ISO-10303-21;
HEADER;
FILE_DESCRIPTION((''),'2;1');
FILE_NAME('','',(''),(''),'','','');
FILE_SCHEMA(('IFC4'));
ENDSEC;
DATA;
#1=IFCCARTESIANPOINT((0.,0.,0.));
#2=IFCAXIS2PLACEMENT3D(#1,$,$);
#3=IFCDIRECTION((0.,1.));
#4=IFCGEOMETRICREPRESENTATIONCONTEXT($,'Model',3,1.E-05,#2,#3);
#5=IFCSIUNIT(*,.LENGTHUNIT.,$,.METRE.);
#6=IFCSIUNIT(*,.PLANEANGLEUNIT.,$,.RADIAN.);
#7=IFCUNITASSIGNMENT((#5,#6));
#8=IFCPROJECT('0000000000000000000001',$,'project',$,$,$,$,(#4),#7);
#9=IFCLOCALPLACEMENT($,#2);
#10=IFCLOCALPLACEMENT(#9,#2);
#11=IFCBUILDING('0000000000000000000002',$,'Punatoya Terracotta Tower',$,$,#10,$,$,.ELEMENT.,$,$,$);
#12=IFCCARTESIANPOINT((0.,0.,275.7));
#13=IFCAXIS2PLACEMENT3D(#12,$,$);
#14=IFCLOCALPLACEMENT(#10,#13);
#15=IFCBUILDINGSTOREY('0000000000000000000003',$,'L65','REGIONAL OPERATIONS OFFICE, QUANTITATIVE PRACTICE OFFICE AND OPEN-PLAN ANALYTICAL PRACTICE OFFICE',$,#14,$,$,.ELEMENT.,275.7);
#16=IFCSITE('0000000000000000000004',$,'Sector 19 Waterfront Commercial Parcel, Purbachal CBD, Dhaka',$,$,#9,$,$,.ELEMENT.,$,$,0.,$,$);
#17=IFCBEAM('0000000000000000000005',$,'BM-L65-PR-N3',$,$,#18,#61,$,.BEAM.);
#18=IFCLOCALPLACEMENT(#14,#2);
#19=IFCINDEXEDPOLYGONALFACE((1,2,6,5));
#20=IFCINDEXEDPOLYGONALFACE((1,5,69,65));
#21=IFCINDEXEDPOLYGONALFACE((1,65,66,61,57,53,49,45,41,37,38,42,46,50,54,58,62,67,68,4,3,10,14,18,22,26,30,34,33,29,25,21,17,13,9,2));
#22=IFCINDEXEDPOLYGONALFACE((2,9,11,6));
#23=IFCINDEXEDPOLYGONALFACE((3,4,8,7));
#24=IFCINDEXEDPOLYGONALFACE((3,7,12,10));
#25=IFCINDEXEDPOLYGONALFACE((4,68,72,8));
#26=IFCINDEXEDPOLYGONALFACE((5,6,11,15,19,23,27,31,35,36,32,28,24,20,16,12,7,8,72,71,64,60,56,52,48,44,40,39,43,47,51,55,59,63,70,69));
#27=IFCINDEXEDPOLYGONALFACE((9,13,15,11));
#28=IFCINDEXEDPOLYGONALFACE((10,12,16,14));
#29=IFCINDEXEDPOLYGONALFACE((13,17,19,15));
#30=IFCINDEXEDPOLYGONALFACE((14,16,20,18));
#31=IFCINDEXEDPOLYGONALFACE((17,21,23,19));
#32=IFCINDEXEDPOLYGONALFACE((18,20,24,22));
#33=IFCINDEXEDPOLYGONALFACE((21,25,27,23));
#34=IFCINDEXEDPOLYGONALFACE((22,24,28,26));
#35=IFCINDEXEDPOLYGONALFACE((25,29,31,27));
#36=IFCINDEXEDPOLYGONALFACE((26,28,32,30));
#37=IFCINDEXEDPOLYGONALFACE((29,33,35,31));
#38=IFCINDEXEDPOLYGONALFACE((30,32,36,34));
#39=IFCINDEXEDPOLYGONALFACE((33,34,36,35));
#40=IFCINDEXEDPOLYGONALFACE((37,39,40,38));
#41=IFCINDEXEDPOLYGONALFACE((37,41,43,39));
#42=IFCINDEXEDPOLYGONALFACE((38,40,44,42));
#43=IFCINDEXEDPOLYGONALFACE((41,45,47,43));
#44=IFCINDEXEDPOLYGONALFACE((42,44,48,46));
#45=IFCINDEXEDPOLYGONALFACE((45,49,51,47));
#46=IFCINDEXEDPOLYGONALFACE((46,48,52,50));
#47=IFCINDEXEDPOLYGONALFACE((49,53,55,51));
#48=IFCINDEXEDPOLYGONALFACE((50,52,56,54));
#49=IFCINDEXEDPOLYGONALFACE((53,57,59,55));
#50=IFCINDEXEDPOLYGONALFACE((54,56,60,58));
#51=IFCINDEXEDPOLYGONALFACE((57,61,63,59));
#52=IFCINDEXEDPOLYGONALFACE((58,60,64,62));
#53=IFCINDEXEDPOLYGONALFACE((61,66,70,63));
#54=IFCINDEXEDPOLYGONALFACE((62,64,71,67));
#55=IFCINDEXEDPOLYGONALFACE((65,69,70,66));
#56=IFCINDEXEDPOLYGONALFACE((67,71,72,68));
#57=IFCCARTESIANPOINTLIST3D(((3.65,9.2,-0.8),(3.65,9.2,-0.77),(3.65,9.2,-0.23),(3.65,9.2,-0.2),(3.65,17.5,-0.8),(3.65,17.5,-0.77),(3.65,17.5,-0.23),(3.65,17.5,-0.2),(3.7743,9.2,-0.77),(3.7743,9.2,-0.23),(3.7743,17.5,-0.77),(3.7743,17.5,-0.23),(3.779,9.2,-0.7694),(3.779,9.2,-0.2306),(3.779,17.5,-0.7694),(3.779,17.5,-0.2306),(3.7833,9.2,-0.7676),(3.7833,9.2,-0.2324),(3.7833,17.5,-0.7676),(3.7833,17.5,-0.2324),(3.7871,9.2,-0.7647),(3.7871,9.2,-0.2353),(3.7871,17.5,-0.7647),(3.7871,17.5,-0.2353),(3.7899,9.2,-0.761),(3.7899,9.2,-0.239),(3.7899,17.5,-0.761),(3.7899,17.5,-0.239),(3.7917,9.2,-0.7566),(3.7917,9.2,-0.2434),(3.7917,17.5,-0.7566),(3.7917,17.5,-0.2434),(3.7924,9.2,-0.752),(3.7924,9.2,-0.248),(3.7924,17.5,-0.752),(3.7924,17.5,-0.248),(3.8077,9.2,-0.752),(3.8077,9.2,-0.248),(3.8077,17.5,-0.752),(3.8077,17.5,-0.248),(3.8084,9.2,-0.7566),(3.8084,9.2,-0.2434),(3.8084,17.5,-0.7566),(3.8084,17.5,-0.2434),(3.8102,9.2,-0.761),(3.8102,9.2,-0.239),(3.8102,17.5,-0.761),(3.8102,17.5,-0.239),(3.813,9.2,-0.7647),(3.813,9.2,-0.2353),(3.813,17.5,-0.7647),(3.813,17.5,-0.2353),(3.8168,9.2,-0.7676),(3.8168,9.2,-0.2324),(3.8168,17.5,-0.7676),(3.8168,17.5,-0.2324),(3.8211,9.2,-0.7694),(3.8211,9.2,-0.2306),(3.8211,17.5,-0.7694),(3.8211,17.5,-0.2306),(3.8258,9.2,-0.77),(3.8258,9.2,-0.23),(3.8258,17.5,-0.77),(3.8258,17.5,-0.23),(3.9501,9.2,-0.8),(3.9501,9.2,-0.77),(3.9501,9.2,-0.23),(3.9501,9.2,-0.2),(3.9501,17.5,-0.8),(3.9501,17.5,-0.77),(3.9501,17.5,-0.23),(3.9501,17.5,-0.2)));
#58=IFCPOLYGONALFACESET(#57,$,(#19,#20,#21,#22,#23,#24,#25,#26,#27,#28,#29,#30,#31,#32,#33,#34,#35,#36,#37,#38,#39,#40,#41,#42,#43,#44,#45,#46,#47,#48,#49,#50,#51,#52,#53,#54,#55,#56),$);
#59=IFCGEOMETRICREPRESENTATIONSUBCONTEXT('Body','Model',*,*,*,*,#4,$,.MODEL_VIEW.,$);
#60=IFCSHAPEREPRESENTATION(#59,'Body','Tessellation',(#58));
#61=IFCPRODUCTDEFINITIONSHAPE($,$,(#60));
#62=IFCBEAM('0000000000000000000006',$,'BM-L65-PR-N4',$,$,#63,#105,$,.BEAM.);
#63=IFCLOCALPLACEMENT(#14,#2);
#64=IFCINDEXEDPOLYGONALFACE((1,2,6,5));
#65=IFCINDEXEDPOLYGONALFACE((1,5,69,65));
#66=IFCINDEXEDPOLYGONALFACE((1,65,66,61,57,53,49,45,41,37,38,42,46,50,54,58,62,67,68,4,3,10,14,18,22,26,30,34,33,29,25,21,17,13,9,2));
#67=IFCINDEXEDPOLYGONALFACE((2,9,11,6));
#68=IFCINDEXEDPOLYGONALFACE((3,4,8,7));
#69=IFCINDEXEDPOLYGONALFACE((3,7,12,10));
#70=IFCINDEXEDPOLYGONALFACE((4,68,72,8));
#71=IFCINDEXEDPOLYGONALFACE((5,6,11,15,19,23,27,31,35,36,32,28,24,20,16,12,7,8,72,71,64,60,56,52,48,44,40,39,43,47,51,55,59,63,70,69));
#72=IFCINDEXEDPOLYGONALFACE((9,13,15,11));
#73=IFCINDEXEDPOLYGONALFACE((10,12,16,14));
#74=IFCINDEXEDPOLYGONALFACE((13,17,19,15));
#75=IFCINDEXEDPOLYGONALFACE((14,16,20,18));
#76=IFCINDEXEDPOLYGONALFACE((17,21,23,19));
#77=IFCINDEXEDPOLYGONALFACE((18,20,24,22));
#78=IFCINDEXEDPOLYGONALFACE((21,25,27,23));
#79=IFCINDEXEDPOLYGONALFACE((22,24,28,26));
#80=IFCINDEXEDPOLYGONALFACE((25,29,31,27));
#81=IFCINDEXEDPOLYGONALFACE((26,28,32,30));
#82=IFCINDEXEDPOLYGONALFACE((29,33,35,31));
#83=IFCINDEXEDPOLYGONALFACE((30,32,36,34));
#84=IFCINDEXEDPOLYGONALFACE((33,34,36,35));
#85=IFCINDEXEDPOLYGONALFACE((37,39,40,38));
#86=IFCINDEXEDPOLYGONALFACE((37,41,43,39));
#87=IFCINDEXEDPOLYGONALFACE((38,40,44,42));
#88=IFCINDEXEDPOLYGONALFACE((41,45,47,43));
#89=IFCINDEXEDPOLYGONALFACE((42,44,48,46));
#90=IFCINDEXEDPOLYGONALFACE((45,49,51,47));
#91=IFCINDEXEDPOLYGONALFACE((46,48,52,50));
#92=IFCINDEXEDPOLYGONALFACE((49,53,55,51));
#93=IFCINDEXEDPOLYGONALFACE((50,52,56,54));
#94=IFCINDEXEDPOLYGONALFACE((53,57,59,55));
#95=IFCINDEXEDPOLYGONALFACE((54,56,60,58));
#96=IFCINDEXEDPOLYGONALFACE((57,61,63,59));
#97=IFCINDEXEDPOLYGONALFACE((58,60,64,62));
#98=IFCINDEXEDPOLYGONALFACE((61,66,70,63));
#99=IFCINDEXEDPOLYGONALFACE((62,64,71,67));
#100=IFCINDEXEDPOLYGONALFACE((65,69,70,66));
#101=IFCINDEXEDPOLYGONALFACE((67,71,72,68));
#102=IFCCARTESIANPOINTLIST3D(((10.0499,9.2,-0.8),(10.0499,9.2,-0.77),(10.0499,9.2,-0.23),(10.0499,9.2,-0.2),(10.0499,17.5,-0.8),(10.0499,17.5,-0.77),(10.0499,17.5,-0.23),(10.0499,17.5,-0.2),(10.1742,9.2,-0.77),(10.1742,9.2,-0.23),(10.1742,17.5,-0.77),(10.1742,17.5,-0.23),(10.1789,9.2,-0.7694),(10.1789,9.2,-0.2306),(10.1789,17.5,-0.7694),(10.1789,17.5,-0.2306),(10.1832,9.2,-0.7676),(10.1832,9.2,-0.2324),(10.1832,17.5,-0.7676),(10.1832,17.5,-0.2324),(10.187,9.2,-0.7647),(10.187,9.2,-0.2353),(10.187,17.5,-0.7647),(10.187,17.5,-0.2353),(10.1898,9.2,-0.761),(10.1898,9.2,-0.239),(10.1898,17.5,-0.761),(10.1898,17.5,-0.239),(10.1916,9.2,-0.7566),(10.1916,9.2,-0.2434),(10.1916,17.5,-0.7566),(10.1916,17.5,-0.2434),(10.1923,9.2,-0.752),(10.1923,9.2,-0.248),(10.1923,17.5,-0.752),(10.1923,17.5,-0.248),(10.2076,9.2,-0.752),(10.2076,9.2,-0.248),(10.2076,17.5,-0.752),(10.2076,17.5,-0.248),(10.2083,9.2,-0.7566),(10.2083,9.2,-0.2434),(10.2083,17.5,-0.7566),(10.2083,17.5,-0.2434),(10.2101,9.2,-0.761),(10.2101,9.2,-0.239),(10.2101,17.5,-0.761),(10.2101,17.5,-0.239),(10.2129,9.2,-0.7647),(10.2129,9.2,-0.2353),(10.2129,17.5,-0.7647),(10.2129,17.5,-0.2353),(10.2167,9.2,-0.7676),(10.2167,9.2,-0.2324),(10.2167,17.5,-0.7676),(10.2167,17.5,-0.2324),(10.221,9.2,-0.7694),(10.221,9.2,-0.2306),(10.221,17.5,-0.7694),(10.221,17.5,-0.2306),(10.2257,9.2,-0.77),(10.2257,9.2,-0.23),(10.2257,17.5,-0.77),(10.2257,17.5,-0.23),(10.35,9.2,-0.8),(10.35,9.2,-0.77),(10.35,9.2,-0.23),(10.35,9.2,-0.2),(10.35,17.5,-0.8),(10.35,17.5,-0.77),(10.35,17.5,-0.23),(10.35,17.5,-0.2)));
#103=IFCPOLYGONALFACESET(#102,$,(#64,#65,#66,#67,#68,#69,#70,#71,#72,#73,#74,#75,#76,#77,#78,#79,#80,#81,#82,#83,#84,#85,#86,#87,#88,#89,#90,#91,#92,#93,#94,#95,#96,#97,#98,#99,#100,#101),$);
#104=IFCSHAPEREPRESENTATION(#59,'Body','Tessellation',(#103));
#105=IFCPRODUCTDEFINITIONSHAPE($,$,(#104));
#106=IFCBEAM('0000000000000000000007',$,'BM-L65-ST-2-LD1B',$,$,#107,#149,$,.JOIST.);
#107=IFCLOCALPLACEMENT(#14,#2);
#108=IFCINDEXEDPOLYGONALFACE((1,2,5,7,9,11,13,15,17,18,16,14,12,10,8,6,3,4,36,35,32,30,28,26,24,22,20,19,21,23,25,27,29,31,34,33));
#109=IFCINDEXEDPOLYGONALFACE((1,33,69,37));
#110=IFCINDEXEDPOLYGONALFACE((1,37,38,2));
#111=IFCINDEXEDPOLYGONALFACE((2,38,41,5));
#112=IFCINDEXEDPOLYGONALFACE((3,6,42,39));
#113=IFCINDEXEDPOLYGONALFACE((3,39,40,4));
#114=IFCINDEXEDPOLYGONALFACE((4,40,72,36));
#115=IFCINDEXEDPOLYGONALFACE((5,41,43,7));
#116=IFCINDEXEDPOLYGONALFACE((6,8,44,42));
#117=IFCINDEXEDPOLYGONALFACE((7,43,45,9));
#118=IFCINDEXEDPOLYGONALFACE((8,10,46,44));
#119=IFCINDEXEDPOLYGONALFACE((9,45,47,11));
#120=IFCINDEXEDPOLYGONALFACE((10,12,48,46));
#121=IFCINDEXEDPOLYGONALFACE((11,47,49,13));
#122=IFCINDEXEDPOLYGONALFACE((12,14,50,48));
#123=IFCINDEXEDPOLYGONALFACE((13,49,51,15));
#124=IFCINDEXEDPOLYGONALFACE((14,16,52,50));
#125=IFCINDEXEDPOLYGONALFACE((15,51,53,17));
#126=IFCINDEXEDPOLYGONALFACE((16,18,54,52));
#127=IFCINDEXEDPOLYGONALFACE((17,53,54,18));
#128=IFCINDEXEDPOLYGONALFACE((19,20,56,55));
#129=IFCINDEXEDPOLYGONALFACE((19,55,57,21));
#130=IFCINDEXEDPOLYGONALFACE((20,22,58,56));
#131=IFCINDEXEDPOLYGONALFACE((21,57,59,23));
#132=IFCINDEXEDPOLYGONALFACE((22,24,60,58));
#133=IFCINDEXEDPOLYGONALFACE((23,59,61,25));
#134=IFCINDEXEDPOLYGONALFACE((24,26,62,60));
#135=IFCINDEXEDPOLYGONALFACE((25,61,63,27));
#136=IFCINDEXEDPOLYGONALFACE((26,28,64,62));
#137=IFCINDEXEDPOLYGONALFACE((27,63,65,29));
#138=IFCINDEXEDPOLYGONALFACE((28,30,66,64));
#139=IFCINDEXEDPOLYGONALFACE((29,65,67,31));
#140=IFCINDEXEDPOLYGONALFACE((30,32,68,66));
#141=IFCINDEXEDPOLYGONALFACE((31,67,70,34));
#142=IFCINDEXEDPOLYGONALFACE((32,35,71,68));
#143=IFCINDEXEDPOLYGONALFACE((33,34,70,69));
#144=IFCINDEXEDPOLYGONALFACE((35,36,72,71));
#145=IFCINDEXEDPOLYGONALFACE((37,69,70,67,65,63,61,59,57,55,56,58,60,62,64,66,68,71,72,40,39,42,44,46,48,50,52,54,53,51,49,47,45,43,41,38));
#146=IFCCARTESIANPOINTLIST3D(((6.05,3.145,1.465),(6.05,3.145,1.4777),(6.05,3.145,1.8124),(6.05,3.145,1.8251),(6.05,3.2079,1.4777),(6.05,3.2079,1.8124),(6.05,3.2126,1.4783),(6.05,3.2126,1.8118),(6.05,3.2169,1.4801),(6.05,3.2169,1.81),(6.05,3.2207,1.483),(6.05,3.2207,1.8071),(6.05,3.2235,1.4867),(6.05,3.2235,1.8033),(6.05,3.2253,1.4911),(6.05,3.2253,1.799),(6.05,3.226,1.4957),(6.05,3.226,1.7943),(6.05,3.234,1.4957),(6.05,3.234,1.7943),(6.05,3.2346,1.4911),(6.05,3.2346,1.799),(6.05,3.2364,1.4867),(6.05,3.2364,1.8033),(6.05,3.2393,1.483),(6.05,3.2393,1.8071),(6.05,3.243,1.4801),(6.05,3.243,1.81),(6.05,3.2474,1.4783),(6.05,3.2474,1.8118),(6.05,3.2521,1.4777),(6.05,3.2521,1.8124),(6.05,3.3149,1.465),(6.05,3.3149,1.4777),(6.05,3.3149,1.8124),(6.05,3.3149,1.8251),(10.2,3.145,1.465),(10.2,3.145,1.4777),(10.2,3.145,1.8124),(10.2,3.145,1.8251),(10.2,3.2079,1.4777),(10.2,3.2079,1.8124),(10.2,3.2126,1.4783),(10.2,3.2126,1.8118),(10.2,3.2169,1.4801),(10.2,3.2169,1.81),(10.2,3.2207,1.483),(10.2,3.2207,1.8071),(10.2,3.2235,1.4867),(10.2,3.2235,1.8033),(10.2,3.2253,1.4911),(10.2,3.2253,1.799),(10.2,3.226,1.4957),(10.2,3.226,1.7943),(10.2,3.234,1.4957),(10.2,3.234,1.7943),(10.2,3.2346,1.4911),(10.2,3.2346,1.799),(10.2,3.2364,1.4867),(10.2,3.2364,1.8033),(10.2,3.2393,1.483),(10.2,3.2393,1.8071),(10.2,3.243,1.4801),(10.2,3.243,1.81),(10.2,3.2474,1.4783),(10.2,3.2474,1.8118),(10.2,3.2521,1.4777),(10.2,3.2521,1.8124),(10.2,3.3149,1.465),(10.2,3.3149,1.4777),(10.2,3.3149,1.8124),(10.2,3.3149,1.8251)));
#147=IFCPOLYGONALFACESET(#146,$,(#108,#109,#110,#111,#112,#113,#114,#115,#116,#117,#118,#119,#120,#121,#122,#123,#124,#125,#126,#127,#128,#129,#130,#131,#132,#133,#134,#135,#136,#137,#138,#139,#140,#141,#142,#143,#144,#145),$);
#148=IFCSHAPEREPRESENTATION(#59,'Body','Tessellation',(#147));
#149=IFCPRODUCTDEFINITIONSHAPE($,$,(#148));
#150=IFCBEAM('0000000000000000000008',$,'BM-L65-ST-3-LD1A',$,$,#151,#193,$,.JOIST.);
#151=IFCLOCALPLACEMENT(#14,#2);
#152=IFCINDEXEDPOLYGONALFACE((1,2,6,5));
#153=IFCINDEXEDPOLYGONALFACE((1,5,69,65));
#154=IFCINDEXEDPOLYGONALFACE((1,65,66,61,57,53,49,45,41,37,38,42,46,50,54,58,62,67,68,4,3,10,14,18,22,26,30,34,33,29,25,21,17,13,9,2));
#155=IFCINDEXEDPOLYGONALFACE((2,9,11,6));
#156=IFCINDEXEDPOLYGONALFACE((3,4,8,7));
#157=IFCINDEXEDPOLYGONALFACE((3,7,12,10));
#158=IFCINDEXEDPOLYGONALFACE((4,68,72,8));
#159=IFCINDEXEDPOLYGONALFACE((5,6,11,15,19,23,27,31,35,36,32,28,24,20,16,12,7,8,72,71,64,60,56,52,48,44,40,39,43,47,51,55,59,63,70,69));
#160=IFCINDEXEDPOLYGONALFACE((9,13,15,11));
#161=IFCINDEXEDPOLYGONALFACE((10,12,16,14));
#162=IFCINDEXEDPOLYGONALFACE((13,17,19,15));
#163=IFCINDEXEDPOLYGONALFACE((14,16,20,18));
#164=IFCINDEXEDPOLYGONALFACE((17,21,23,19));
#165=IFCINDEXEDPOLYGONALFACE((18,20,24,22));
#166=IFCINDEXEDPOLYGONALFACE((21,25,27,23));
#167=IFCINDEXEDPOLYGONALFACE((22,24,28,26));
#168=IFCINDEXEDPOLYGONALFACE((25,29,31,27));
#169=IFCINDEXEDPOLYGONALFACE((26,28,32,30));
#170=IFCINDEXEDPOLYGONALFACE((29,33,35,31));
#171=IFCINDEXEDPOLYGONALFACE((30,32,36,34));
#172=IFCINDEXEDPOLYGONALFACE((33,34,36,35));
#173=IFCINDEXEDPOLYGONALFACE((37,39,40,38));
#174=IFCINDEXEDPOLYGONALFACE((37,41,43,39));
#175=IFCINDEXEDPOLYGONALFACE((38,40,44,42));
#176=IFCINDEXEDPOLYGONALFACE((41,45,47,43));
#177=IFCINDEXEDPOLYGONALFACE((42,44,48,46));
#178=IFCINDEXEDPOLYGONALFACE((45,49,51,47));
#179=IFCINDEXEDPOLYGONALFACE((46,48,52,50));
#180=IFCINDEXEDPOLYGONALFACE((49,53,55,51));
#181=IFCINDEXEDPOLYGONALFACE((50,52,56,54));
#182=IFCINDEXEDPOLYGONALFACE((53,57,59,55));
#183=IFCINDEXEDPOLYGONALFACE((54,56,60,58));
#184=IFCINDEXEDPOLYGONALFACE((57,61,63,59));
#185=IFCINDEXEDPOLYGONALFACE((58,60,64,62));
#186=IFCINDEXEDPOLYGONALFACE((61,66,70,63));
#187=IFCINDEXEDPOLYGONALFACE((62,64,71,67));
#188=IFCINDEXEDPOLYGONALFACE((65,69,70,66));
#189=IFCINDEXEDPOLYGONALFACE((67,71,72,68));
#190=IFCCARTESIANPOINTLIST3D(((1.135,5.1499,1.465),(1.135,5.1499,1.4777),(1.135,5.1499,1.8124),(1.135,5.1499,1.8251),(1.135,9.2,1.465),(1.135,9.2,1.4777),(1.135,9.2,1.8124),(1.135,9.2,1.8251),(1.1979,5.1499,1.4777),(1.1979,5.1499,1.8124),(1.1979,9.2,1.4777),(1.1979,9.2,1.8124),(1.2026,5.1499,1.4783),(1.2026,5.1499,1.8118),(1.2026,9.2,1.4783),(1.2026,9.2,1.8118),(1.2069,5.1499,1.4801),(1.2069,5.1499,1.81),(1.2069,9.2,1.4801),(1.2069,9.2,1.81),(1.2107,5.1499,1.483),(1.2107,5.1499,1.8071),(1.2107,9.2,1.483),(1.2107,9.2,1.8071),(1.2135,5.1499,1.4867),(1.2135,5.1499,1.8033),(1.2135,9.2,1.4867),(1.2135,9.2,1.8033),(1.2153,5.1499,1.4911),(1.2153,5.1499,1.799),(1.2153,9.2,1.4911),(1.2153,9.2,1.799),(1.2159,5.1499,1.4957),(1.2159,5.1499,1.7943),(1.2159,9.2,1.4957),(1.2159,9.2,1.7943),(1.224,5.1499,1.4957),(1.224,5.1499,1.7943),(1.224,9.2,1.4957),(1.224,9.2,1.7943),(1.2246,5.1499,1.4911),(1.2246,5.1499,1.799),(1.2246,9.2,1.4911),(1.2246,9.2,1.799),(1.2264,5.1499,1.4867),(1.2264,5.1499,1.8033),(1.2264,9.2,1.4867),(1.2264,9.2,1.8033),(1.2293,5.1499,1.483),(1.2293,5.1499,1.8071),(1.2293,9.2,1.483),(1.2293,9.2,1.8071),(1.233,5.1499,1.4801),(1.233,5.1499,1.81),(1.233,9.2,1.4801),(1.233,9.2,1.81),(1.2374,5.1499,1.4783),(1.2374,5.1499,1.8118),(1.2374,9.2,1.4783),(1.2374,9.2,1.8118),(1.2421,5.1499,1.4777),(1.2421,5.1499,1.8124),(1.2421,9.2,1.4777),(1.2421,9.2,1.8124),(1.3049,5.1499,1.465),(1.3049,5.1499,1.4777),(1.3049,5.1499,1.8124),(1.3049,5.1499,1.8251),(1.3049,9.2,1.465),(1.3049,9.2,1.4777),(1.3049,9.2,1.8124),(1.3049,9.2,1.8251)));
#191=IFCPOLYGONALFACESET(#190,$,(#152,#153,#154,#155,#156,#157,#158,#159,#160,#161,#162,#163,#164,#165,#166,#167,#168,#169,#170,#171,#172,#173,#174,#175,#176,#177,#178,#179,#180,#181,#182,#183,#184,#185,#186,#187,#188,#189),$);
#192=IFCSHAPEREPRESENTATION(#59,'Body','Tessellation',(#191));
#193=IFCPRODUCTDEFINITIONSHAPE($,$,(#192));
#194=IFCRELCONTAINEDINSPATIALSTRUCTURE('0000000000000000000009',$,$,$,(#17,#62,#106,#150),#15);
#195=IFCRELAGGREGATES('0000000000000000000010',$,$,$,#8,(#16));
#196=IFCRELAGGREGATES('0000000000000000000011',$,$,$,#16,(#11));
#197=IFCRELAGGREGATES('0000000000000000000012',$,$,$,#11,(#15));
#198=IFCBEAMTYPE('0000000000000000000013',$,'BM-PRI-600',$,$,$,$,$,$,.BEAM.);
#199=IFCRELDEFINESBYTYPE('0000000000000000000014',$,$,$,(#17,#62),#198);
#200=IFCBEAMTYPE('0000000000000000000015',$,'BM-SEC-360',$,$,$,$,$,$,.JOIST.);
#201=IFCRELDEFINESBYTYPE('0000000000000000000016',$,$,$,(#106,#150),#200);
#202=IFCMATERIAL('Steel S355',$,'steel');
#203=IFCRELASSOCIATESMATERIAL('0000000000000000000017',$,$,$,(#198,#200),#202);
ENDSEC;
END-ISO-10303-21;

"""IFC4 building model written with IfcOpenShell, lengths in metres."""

from ifc_helpers import new_model, si_unit, direction, frame, origin, origin_2d, place, context, subcontext, project, spatial, i_section, extrude, material, material_profile, profile_set, type_object, element, save


model = new_model("IFC4")

# Units and contexts
model_context = context("Model", 3, precision=1e-05, world=origin(), true_north=direction((0.0, 1.0)))
body_context = subcontext(model_context, "Body", "Model", "MODEL_VIEW")
ifc_project = project(units=[si_unit("LENGTHUNIT", "METRE"), si_unit("PLANEANGLEUNIT", "RADIAN")], contexts=[model_context])

# Site, building, storey
site_placement = place(None, origin())
site = spatial("IfcSite", under=ifc_project, at=site_placement, Name="Sector 19 Waterfront Commercial Parcel, Purbachal CBD, Dhaka", CompositionType="ELEMENT", RefElevation=0.0)
building_placement = place(site_placement, origin())
building = spatial("IfcBuilding", under=site, at=building_placement, Name="Punatoya Terracotta Tower", CompositionType="ELEMENT")
storey_placement = place(building_placement, frame((0.0, 0.0, 275.7)))
storey = spatial("IfcBuildingStorey", under=building, at=storey_placement, Name="L65", Description="REGIONAL OPERATIONS OFFICE, QUANTITATIVE PRACTICE OFFICE AND OPEN-PLAN ANALYTICAL PRACTICE OFFICE", CompositionType="ELEMENT", Elevation=275.7)

# Beams
ifc_material_1 = material(Name="Steel S355", Category="steel")
ifc_material_profile_1 = material_profile(ifc_material_1, i_section(OverallWidth=0.3, OverallDepth=0.6001, WebThickness=0.0154, FlangeThickness=0.03, FilletRadius=0.0181, at=origin_2d()))
ifc_profile_set_1 = profile_set([ifc_material_profile_1], Name="Steel S355")
beam_type_1 = type_object("IfcBeamType", Name="BM-PRI-600", PredefinedType="BEAM", material=ifc_profile_set_1)
for number, where, z_axis, x_axis, name in (
    (1, (3.8, 9.2, -0.5), (0.0, 1.0, 0.0), (-1.0, 0.0, 0.0), "BM-L65-PR-N3"),
    (2, (10.2, 9.2, -0.5), (0.0, 1.0, 0.0), (-1.0, 0.0, 0.0), "BM-L65-PR-N4"),
):
    element("IfcBeam", number, at=place(storey_placement, frame(where, z_axis=z_axis, x_axis=x_axis)), inside=storey, type_object=beam_type_1, Name=name, PredefinedType="BEAM", context=body_context, shape_type="SweptSolid", body=[
        extrude(i_section(OverallWidth=0.3, OverallDepth=0.6001, WebThickness=0.0154, FlangeThickness=0.03, FilletRadius=0.0181, at=origin_2d()), origin(), (0.0, 0.0, 1.0), 8.3),
    ])
ifc_material_profile_2 = material_profile(ifc_material_1, i_section(OverallWidth=0.1699, OverallDepth=0.3601, WebThickness=0.0081, FlangeThickness=0.0127, FilletRadius=0.0181, at=origin_2d()))
ifc_profile_set_2 = profile_set([ifc_material_profile_2], Name="Steel S355")
beam_type_2 = type_object("IfcBeamType", Name="BM-SEC-360", PredefinedType="JOIST", material=ifc_profile_set_2)
beam_1_placement = place(storey_placement, frame((6.05, 3.23, 1.645), z_axis=(1.0, 0.0, 0.0), x_axis=(0.0, 1.0, 0.0)))
element("IfcBeam", 3, at=beam_1_placement, inside=storey, type_object=beam_type_2, Name="BM-L65-ST-2-LD1B", PredefinedType="JOIST", context=body_context, shape_type="SweptSolid", body=[
    extrude(i_section(OverallWidth=0.1699, OverallDepth=0.3601, WebThickness=0.0081, FlangeThickness=0.0127, FilletRadius=0.0181, at=origin_2d()), origin(), (0.0, 0.0, 1.0), 4.1499),
])
for number, where, z_axis, x_axis, name in (
    (4, (1.22, 5.1499, 1.645), (0.0, 1.0, 0.0), (-1.0, 0.0, 0.0), "BM-L65-ST-3-LD1A"),
):
    element("IfcBeam", number, at=place(storey_placement, frame(where, z_axis=z_axis, x_axis=x_axis)), inside=storey, type_object=beam_type_2, Name=name, PredefinedType="JOIST", context=body_context, shape_type="SweptSolid", body=[
        extrude(i_section(OverallWidth=0.1699, OverallDepth=0.3601, WebThickness=0.0081, FlangeThickness=0.0127, FilletRadius=0.0181, at=origin_2d()), origin(), (0.0, 0.0, 1.0), 4.05),
    ])

save(model, "model.ifc")
